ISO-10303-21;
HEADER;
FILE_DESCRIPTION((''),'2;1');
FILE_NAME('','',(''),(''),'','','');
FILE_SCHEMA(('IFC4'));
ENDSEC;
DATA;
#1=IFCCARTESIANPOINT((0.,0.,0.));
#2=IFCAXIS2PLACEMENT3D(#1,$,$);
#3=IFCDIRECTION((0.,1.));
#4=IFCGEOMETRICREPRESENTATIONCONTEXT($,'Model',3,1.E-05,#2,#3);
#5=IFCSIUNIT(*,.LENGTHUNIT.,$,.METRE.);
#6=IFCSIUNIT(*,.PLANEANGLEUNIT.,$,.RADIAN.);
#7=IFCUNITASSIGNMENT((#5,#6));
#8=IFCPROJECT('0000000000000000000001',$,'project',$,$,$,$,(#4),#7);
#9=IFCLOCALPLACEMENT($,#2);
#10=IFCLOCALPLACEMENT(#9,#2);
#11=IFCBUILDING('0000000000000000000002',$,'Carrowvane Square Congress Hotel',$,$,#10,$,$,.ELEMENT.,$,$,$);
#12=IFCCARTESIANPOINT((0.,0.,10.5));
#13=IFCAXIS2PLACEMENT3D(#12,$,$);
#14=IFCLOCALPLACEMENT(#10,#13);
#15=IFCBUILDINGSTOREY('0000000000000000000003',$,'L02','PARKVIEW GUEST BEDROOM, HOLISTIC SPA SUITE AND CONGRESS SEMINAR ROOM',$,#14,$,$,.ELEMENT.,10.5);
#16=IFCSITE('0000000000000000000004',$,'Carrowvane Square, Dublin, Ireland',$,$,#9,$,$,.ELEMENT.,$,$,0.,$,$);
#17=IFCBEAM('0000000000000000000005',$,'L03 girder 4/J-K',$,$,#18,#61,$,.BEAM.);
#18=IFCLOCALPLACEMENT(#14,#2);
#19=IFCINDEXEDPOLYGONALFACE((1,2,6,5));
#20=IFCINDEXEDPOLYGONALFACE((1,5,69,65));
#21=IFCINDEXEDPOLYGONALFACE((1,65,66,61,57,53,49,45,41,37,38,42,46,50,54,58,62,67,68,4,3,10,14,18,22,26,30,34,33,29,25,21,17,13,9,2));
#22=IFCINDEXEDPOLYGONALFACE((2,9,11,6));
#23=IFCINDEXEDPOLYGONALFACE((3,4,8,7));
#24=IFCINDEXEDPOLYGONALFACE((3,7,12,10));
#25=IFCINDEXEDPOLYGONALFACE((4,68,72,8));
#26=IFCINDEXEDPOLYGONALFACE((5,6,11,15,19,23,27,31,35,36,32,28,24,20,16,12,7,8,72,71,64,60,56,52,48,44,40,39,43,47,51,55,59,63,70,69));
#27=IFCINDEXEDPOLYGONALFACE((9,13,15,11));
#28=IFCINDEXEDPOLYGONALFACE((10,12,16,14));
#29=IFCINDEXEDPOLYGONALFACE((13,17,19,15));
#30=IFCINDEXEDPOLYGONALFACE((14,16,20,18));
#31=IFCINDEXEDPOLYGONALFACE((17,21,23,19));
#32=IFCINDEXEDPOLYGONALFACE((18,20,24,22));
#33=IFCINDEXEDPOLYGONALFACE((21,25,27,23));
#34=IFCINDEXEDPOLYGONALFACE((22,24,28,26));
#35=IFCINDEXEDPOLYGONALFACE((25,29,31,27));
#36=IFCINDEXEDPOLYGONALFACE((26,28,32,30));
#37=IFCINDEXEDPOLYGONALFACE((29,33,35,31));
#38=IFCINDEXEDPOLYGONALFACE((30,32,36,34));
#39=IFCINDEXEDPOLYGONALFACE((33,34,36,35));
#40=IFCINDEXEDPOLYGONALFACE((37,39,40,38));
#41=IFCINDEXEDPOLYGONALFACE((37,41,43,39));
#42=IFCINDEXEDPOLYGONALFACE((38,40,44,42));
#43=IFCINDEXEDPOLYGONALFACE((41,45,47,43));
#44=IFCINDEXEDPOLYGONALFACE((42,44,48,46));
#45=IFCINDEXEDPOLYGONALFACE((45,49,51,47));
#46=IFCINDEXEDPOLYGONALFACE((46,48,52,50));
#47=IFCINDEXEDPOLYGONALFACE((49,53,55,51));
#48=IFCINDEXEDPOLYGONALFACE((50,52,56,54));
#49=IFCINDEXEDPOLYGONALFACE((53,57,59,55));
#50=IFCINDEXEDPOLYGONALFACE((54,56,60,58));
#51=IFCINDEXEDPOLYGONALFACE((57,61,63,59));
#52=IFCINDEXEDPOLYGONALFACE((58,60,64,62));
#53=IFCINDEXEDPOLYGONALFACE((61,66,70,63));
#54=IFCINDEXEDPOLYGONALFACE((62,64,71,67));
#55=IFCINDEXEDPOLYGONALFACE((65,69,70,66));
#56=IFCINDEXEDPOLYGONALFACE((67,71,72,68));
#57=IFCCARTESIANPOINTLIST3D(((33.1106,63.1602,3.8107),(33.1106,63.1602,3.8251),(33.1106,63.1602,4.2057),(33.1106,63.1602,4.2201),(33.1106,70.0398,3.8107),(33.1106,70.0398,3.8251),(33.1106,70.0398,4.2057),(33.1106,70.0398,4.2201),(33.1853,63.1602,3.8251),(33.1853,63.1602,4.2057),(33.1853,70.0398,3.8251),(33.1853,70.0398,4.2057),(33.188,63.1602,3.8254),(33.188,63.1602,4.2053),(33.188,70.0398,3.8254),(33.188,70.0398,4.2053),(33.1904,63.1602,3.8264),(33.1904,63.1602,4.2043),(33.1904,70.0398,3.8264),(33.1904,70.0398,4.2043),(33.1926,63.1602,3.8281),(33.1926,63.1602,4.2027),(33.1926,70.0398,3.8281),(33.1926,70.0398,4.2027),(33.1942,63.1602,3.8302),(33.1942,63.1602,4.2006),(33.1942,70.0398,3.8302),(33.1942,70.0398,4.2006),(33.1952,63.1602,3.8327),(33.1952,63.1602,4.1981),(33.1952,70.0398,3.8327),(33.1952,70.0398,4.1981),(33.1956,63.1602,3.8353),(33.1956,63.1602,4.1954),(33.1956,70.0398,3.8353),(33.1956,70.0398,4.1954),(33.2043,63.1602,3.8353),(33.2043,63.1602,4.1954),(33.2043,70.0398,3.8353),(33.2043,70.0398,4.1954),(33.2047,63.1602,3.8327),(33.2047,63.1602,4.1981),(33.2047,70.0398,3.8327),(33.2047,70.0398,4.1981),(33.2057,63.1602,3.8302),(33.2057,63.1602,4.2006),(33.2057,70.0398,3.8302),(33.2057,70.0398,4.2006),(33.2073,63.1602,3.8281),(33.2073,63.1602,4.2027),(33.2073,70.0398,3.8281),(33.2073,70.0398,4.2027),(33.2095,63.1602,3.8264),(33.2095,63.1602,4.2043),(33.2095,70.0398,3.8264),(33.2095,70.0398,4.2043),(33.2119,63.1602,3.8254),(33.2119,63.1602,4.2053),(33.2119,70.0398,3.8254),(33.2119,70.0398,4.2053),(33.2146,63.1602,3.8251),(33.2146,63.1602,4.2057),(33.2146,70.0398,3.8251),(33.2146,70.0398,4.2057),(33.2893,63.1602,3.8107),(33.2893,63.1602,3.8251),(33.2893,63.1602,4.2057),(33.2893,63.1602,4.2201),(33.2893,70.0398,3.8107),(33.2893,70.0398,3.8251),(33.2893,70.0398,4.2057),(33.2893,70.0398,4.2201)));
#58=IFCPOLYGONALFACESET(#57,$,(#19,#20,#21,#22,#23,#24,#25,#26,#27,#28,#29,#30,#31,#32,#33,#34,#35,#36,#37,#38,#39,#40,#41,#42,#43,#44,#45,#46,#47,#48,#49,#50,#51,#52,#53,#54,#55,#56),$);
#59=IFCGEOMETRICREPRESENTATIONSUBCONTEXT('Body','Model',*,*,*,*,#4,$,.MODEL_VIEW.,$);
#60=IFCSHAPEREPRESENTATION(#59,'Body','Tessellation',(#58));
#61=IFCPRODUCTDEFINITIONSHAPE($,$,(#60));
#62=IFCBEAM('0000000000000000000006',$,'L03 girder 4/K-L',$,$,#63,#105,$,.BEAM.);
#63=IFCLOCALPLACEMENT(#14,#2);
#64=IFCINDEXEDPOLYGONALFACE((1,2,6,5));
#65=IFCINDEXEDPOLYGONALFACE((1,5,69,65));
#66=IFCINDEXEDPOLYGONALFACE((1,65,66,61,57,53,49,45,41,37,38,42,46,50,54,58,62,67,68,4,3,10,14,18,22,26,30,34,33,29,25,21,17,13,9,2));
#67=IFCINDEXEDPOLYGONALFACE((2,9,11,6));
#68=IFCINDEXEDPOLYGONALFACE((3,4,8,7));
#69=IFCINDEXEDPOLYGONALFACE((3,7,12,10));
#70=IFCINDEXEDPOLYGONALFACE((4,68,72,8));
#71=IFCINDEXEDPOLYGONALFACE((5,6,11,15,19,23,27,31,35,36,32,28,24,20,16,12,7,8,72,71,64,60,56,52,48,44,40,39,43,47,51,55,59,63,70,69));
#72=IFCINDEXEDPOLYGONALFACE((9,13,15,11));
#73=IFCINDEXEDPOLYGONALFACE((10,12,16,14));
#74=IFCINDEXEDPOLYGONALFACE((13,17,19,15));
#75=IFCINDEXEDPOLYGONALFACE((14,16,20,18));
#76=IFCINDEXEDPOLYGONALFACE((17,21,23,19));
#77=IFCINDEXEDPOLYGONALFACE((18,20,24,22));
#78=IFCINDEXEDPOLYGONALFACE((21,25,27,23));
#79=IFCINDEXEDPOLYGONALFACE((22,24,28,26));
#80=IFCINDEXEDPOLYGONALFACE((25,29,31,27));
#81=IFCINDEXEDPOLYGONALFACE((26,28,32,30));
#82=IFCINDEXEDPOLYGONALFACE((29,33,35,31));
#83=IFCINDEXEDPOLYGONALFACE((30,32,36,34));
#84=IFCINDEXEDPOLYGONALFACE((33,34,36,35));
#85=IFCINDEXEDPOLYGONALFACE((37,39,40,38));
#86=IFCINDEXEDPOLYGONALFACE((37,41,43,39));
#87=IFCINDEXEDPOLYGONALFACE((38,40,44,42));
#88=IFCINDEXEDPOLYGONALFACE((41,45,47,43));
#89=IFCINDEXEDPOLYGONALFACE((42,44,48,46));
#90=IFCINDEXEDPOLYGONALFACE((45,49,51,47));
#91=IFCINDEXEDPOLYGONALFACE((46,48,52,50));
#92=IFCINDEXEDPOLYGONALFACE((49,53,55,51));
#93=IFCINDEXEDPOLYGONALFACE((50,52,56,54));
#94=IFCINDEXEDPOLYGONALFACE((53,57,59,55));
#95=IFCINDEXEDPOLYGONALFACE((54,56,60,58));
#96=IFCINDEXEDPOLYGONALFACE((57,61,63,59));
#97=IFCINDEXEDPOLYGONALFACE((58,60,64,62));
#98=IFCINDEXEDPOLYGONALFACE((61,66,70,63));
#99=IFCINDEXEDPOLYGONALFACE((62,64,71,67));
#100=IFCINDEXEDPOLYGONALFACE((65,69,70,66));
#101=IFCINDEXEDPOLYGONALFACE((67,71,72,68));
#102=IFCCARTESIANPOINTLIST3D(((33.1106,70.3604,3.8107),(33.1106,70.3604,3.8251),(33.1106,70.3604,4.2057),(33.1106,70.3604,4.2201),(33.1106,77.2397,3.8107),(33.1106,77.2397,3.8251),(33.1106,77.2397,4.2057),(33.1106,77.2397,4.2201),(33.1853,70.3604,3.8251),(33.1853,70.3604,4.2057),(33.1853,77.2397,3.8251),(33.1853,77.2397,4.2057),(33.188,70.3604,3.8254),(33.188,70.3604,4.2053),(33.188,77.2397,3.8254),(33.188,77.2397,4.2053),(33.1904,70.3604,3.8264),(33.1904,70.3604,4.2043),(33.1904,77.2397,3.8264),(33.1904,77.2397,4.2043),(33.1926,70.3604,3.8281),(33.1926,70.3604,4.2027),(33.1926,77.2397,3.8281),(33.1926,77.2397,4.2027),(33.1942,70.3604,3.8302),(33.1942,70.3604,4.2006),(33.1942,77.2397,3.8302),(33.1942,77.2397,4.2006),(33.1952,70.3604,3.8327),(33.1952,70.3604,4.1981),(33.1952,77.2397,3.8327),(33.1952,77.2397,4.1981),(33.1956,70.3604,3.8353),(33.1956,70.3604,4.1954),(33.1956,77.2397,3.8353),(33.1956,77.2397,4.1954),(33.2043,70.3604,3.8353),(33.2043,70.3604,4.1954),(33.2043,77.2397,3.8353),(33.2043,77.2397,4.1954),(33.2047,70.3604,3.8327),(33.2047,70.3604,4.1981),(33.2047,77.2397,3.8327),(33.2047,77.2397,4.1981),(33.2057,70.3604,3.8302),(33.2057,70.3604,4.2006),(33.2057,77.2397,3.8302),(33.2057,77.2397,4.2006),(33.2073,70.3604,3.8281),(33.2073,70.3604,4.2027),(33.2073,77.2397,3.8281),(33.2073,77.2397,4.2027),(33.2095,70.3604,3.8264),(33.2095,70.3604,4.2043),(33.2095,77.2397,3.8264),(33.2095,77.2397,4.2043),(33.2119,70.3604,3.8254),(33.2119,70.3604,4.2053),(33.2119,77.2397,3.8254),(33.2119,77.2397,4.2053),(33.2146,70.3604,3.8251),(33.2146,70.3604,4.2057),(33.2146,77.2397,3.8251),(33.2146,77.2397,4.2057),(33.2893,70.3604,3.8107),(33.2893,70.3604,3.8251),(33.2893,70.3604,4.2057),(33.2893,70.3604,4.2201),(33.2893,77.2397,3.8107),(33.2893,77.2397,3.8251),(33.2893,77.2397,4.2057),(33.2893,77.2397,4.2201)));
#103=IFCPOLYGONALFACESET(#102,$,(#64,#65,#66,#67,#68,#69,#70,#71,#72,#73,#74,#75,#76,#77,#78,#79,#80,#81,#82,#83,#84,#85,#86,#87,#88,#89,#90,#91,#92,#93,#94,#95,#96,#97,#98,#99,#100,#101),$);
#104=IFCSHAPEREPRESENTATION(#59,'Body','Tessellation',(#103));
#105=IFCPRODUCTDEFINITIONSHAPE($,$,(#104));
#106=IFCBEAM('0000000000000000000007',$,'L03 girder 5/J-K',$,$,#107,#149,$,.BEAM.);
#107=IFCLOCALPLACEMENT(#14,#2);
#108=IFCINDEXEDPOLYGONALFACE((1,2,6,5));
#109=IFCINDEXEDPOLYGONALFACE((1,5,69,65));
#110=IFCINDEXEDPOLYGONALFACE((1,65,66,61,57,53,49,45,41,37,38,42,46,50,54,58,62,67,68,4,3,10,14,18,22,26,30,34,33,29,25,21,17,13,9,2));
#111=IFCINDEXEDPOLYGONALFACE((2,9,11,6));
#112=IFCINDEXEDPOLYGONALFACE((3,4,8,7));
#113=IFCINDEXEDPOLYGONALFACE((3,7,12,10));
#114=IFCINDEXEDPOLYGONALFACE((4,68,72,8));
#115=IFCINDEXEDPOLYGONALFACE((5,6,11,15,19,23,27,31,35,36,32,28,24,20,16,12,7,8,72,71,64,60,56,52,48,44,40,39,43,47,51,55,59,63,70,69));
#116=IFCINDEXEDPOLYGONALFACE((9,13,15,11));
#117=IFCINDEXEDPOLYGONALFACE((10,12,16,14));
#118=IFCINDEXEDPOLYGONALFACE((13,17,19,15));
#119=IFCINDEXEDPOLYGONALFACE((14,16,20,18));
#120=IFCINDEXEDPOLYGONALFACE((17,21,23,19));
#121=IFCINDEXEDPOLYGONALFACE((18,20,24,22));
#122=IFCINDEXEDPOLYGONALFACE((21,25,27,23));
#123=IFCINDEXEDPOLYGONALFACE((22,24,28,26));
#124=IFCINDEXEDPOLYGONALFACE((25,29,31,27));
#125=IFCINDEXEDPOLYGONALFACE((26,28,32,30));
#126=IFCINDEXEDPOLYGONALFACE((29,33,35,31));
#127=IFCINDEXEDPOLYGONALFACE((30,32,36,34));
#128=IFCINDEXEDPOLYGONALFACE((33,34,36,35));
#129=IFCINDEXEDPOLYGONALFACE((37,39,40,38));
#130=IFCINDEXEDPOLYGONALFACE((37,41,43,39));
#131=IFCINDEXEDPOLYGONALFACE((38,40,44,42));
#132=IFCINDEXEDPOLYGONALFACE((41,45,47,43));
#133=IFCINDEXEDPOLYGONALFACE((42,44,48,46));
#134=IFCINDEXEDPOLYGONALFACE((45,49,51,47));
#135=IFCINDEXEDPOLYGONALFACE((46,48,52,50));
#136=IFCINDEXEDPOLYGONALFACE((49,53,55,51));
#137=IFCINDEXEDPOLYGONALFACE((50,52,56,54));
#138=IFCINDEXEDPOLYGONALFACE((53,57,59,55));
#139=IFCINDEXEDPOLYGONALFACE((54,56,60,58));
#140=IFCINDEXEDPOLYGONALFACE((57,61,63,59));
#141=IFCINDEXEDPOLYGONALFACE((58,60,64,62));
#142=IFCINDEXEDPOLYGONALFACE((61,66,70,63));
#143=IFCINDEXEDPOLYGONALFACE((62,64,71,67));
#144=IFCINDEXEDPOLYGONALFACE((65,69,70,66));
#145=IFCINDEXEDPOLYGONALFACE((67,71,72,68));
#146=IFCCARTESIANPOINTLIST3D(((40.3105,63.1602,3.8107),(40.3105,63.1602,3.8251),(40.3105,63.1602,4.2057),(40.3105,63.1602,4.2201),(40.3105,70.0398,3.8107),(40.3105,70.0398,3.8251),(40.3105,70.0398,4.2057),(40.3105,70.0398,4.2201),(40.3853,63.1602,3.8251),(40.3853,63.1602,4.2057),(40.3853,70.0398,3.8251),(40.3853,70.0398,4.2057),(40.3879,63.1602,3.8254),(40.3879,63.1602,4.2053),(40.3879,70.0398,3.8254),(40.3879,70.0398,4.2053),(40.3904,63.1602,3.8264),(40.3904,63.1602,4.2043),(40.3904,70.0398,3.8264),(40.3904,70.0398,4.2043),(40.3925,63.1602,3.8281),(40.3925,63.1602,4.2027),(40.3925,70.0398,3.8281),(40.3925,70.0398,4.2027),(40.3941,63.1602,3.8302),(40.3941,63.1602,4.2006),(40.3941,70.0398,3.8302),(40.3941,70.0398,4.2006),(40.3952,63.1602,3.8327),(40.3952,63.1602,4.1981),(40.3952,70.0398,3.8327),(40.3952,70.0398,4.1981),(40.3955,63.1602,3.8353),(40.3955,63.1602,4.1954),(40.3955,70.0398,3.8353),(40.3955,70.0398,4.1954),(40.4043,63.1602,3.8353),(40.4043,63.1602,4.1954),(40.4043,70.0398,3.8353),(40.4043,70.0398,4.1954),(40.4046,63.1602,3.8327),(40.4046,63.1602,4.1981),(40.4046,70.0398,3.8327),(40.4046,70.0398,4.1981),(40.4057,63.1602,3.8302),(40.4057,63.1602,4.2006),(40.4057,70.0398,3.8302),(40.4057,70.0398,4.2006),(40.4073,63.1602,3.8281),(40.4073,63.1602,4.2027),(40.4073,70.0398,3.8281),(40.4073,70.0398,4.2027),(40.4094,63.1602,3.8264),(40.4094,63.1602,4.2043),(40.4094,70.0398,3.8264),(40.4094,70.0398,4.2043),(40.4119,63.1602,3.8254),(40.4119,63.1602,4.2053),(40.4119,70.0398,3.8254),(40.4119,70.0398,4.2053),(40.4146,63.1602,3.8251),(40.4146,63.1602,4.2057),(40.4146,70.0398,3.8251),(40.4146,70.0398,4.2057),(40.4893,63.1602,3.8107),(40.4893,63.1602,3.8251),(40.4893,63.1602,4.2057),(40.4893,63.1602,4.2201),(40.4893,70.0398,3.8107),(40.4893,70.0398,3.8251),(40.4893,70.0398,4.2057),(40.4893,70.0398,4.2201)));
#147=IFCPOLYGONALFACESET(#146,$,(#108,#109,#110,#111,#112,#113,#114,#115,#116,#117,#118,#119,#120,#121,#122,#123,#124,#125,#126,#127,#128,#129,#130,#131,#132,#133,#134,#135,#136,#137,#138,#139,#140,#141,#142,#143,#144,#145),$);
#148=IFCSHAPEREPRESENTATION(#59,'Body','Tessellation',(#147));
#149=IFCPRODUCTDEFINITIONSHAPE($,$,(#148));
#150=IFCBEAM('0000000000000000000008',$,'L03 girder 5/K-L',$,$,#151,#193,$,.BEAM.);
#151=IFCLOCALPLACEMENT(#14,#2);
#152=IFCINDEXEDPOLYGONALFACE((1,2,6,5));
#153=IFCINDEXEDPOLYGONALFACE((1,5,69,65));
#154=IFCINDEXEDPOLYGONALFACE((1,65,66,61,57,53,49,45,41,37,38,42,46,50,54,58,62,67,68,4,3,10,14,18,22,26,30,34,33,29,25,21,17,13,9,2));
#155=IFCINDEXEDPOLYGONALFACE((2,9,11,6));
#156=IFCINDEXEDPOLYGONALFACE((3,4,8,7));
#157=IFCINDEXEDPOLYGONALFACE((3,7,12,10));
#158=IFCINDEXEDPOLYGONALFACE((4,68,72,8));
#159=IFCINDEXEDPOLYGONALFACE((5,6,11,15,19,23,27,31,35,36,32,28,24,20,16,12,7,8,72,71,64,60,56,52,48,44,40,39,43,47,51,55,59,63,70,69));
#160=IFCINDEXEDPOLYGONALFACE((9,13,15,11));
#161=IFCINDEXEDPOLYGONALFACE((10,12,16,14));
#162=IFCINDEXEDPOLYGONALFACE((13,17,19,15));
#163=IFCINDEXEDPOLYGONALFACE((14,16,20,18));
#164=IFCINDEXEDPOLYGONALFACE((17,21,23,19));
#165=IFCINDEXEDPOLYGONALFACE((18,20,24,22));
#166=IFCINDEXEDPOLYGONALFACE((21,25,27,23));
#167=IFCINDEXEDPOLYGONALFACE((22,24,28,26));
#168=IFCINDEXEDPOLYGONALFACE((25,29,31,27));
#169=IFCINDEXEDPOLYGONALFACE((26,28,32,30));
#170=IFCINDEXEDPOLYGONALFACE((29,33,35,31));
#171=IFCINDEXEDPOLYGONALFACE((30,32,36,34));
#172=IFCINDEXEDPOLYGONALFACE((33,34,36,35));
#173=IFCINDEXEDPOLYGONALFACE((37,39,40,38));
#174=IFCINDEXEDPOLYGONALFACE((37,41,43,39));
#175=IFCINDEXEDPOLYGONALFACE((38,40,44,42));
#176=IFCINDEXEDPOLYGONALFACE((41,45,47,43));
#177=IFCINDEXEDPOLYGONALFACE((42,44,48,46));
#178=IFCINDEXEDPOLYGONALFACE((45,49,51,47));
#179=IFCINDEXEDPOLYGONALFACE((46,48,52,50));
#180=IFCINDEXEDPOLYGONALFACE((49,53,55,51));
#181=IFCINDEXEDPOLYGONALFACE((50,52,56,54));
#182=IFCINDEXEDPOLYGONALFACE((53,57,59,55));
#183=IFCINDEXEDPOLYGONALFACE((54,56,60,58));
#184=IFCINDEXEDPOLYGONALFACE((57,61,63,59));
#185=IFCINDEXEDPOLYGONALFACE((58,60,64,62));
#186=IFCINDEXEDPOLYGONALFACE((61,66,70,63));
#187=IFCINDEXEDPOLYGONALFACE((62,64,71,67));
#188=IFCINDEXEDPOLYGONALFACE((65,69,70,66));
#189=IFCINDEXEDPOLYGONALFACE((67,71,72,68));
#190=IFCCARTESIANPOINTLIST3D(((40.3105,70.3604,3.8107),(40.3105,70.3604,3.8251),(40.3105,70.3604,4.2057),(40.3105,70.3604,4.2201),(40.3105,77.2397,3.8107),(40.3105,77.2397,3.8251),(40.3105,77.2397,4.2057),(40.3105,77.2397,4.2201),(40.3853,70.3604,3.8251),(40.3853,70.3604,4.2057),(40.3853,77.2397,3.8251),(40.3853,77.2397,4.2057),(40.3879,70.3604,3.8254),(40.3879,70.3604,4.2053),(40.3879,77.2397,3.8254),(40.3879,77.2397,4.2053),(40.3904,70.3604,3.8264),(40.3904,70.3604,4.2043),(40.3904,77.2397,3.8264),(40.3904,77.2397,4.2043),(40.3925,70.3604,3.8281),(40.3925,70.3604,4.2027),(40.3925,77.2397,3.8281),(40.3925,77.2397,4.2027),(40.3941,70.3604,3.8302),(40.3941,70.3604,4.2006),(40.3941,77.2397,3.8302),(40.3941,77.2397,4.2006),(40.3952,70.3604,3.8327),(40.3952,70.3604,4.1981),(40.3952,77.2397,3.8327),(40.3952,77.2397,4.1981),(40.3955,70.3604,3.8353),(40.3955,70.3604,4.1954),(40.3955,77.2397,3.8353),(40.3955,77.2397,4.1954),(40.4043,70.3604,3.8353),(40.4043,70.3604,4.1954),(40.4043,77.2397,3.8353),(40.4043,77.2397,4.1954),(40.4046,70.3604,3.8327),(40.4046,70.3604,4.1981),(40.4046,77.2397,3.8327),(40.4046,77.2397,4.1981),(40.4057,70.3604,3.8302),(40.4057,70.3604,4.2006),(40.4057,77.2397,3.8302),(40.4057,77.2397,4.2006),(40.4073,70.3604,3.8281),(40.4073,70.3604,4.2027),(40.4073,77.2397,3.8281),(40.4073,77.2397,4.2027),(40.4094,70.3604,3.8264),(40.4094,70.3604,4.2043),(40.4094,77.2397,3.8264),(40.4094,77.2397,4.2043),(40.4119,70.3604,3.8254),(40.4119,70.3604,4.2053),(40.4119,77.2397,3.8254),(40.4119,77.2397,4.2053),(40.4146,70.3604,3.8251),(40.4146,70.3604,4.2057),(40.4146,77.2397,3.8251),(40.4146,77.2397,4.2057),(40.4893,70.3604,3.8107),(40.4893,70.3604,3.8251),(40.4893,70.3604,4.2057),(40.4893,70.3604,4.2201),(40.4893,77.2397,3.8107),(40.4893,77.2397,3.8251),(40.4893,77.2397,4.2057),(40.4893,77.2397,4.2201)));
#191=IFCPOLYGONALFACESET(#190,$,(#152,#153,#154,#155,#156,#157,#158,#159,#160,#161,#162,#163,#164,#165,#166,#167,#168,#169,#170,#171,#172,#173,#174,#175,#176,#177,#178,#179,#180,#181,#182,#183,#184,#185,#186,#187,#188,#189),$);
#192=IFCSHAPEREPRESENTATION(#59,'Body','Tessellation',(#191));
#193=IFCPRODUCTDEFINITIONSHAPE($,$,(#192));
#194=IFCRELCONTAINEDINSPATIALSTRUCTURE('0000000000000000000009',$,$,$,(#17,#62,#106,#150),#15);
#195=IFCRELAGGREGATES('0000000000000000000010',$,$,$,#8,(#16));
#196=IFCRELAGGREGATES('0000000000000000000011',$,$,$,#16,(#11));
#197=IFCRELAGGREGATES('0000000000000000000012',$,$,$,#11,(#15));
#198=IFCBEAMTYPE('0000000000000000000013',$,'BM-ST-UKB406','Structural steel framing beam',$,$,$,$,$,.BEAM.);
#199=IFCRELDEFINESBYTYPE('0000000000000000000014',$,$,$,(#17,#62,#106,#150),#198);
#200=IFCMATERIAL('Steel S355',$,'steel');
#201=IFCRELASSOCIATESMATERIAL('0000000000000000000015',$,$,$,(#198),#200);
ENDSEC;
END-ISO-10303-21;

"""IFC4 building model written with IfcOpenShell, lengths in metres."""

from ifc_helpers import new_model, si_unit, direction, frame, origin, origin_2d, place, context, subcontext, project, spatial, i_section, extrude, material, material_profile, profile_set, type_object, element, save


model = new_model("IFC4")

# Units and contexts
model_context = context("Model", 3, precision=1e-05, world=origin(), true_north=direction((0.0, 1.0)))
body_context = subcontext(model_context, "Body", "Model", "MODEL_VIEW")
ifc_project = project(units=[si_unit("LENGTHUNIT", "METRE"), si_unit("PLANEANGLEUNIT", "RADIAN")], contexts=[model_context])

# Site, building, storey
site_placement = place(None, origin())
site = spatial("IfcSite", under=ifc_project, at=site_placement, Name="Carrowvane Square, Dublin, Ireland", CompositionType="ELEMENT", RefElevation=0.0)
building_placement = place(site_placement, origin())
building = spatial("IfcBuilding", under=site, at=building_placement, Name="Carrowvane Square Congress Hotel", CompositionType="ELEMENT")
storey_placement = place(building_placement, frame((0.0, 0.0, 10.5)))
storey = spatial("IfcBuildingStorey", under=building, at=storey_placement, Name="L02", Description="PARKVIEW GUEST BEDROOM, HOLISTIC SPA SUITE AND CONGRESS SEMINAR ROOM", CompositionType="ELEMENT", Elevation=10.5)

# Beams
ifc_material_1 = material(Name="Steel S355", Category="steel")
ifc_material_profile_1 = material_profile(ifc_material_1, i_section(OverallWidth=0.1787, OverallDepth=0.4094, WebThickness=0.0088, FlangeThickness=0.0144, FilletRadius=0.0103, at=origin_2d()), Name="UKB 406x178x67")
ifc_profile_set_1 = profile_set([ifc_material_profile_1], Name="Steel S355")
beam_type_1 = type_object("IfcBeamType", Name="BM-ST-UKB406", Description="Structural steel framing beam", PredefinedType="BEAM", material=ifc_profile_set_1)
beam_1_placement = place(storey_placement, frame((33.2, 63.1602, 4.0154), z_axis=(0.0, 1.0, 0.0), x_axis=(-1.0, 0.0, 0.0)))
element("IfcBeam", 1, at=beam_1_placement, inside=storey, type_object=beam_type_1, Name="L03 girder 4/J-K", PredefinedType="BEAM", context=body_context, shape_type="SweptSolid", body=[
    extrude(i_section(OverallWidth=0.1787, OverallDepth=0.4094, WebThickness=0.0088, FlangeThickness=0.0144, FilletRadius=0.0103, at=origin_2d()), origin(), (0.0, 0.0, 1.0), 6.8796),
])
beam_2_placement = place(storey_placement, frame((33.2, 70.3604, 4.0154), z_axis=(0.0, 1.0, 0.0), x_axis=(-1.0, 0.0, 0.0)))
element("IfcBeam", 2, at=beam_2_placement, inside=storey, type_object=beam_type_1, Name="L03 girder 4/K-L", PredefinedType="BEAM", context=body_context, shape_type="SweptSolid", body=[
    extrude(i_section(OverallWidth=0.1787, OverallDepth=0.4094, WebThickness=0.0088, FlangeThickness=0.0144, FilletRadius=0.0103, at=origin_2d()), origin(), (0.0, 0.0, 1.0), 6.8794),
])
beam_3_placement = place(storey_placement, frame((40.3999, 63.1602, 4.0154), z_axis=(0.0, 1.0, 0.0), x_axis=(-1.0, 0.0, 0.0)))
element("IfcBeam", 3, at=beam_3_placement, inside=storey, type_object=beam_type_1, Name="L03 girder 5/J-K", PredefinedType="BEAM", context=body_context, shape_type="SweptSolid", body=[
    extrude(i_section(OverallWidth=0.1787, OverallDepth=0.4094, WebThickness=0.0088, FlangeThickness=0.0144, FilletRadius=0.0103, at=origin_2d()), origin(), (0.0, 0.0, 1.0), 6.8796),
])
beam_4_placement = place(storey_placement, frame((40.3999, 70.3604, 4.0154), z_axis=(0.0, 1.0, 0.0), x_axis=(-1.0, 0.0, 0.0)))
element("IfcBeam", 4, at=beam_4_placement, inside=storey, type_object=beam_type_1, Name="L03 girder 5/K-L", PredefinedType="BEAM", context=body_context, shape_type="SweptSolid", body=[
    extrude(i_section(OverallWidth=0.1787, OverallDepth=0.4094, WebThickness=0.0088, FlangeThickness=0.0144, FilletRadius=0.0103, at=origin_2d()), origin(), (0.0, 0.0, 1.0), 6.8794),
])

save(model, "model.ifc")
